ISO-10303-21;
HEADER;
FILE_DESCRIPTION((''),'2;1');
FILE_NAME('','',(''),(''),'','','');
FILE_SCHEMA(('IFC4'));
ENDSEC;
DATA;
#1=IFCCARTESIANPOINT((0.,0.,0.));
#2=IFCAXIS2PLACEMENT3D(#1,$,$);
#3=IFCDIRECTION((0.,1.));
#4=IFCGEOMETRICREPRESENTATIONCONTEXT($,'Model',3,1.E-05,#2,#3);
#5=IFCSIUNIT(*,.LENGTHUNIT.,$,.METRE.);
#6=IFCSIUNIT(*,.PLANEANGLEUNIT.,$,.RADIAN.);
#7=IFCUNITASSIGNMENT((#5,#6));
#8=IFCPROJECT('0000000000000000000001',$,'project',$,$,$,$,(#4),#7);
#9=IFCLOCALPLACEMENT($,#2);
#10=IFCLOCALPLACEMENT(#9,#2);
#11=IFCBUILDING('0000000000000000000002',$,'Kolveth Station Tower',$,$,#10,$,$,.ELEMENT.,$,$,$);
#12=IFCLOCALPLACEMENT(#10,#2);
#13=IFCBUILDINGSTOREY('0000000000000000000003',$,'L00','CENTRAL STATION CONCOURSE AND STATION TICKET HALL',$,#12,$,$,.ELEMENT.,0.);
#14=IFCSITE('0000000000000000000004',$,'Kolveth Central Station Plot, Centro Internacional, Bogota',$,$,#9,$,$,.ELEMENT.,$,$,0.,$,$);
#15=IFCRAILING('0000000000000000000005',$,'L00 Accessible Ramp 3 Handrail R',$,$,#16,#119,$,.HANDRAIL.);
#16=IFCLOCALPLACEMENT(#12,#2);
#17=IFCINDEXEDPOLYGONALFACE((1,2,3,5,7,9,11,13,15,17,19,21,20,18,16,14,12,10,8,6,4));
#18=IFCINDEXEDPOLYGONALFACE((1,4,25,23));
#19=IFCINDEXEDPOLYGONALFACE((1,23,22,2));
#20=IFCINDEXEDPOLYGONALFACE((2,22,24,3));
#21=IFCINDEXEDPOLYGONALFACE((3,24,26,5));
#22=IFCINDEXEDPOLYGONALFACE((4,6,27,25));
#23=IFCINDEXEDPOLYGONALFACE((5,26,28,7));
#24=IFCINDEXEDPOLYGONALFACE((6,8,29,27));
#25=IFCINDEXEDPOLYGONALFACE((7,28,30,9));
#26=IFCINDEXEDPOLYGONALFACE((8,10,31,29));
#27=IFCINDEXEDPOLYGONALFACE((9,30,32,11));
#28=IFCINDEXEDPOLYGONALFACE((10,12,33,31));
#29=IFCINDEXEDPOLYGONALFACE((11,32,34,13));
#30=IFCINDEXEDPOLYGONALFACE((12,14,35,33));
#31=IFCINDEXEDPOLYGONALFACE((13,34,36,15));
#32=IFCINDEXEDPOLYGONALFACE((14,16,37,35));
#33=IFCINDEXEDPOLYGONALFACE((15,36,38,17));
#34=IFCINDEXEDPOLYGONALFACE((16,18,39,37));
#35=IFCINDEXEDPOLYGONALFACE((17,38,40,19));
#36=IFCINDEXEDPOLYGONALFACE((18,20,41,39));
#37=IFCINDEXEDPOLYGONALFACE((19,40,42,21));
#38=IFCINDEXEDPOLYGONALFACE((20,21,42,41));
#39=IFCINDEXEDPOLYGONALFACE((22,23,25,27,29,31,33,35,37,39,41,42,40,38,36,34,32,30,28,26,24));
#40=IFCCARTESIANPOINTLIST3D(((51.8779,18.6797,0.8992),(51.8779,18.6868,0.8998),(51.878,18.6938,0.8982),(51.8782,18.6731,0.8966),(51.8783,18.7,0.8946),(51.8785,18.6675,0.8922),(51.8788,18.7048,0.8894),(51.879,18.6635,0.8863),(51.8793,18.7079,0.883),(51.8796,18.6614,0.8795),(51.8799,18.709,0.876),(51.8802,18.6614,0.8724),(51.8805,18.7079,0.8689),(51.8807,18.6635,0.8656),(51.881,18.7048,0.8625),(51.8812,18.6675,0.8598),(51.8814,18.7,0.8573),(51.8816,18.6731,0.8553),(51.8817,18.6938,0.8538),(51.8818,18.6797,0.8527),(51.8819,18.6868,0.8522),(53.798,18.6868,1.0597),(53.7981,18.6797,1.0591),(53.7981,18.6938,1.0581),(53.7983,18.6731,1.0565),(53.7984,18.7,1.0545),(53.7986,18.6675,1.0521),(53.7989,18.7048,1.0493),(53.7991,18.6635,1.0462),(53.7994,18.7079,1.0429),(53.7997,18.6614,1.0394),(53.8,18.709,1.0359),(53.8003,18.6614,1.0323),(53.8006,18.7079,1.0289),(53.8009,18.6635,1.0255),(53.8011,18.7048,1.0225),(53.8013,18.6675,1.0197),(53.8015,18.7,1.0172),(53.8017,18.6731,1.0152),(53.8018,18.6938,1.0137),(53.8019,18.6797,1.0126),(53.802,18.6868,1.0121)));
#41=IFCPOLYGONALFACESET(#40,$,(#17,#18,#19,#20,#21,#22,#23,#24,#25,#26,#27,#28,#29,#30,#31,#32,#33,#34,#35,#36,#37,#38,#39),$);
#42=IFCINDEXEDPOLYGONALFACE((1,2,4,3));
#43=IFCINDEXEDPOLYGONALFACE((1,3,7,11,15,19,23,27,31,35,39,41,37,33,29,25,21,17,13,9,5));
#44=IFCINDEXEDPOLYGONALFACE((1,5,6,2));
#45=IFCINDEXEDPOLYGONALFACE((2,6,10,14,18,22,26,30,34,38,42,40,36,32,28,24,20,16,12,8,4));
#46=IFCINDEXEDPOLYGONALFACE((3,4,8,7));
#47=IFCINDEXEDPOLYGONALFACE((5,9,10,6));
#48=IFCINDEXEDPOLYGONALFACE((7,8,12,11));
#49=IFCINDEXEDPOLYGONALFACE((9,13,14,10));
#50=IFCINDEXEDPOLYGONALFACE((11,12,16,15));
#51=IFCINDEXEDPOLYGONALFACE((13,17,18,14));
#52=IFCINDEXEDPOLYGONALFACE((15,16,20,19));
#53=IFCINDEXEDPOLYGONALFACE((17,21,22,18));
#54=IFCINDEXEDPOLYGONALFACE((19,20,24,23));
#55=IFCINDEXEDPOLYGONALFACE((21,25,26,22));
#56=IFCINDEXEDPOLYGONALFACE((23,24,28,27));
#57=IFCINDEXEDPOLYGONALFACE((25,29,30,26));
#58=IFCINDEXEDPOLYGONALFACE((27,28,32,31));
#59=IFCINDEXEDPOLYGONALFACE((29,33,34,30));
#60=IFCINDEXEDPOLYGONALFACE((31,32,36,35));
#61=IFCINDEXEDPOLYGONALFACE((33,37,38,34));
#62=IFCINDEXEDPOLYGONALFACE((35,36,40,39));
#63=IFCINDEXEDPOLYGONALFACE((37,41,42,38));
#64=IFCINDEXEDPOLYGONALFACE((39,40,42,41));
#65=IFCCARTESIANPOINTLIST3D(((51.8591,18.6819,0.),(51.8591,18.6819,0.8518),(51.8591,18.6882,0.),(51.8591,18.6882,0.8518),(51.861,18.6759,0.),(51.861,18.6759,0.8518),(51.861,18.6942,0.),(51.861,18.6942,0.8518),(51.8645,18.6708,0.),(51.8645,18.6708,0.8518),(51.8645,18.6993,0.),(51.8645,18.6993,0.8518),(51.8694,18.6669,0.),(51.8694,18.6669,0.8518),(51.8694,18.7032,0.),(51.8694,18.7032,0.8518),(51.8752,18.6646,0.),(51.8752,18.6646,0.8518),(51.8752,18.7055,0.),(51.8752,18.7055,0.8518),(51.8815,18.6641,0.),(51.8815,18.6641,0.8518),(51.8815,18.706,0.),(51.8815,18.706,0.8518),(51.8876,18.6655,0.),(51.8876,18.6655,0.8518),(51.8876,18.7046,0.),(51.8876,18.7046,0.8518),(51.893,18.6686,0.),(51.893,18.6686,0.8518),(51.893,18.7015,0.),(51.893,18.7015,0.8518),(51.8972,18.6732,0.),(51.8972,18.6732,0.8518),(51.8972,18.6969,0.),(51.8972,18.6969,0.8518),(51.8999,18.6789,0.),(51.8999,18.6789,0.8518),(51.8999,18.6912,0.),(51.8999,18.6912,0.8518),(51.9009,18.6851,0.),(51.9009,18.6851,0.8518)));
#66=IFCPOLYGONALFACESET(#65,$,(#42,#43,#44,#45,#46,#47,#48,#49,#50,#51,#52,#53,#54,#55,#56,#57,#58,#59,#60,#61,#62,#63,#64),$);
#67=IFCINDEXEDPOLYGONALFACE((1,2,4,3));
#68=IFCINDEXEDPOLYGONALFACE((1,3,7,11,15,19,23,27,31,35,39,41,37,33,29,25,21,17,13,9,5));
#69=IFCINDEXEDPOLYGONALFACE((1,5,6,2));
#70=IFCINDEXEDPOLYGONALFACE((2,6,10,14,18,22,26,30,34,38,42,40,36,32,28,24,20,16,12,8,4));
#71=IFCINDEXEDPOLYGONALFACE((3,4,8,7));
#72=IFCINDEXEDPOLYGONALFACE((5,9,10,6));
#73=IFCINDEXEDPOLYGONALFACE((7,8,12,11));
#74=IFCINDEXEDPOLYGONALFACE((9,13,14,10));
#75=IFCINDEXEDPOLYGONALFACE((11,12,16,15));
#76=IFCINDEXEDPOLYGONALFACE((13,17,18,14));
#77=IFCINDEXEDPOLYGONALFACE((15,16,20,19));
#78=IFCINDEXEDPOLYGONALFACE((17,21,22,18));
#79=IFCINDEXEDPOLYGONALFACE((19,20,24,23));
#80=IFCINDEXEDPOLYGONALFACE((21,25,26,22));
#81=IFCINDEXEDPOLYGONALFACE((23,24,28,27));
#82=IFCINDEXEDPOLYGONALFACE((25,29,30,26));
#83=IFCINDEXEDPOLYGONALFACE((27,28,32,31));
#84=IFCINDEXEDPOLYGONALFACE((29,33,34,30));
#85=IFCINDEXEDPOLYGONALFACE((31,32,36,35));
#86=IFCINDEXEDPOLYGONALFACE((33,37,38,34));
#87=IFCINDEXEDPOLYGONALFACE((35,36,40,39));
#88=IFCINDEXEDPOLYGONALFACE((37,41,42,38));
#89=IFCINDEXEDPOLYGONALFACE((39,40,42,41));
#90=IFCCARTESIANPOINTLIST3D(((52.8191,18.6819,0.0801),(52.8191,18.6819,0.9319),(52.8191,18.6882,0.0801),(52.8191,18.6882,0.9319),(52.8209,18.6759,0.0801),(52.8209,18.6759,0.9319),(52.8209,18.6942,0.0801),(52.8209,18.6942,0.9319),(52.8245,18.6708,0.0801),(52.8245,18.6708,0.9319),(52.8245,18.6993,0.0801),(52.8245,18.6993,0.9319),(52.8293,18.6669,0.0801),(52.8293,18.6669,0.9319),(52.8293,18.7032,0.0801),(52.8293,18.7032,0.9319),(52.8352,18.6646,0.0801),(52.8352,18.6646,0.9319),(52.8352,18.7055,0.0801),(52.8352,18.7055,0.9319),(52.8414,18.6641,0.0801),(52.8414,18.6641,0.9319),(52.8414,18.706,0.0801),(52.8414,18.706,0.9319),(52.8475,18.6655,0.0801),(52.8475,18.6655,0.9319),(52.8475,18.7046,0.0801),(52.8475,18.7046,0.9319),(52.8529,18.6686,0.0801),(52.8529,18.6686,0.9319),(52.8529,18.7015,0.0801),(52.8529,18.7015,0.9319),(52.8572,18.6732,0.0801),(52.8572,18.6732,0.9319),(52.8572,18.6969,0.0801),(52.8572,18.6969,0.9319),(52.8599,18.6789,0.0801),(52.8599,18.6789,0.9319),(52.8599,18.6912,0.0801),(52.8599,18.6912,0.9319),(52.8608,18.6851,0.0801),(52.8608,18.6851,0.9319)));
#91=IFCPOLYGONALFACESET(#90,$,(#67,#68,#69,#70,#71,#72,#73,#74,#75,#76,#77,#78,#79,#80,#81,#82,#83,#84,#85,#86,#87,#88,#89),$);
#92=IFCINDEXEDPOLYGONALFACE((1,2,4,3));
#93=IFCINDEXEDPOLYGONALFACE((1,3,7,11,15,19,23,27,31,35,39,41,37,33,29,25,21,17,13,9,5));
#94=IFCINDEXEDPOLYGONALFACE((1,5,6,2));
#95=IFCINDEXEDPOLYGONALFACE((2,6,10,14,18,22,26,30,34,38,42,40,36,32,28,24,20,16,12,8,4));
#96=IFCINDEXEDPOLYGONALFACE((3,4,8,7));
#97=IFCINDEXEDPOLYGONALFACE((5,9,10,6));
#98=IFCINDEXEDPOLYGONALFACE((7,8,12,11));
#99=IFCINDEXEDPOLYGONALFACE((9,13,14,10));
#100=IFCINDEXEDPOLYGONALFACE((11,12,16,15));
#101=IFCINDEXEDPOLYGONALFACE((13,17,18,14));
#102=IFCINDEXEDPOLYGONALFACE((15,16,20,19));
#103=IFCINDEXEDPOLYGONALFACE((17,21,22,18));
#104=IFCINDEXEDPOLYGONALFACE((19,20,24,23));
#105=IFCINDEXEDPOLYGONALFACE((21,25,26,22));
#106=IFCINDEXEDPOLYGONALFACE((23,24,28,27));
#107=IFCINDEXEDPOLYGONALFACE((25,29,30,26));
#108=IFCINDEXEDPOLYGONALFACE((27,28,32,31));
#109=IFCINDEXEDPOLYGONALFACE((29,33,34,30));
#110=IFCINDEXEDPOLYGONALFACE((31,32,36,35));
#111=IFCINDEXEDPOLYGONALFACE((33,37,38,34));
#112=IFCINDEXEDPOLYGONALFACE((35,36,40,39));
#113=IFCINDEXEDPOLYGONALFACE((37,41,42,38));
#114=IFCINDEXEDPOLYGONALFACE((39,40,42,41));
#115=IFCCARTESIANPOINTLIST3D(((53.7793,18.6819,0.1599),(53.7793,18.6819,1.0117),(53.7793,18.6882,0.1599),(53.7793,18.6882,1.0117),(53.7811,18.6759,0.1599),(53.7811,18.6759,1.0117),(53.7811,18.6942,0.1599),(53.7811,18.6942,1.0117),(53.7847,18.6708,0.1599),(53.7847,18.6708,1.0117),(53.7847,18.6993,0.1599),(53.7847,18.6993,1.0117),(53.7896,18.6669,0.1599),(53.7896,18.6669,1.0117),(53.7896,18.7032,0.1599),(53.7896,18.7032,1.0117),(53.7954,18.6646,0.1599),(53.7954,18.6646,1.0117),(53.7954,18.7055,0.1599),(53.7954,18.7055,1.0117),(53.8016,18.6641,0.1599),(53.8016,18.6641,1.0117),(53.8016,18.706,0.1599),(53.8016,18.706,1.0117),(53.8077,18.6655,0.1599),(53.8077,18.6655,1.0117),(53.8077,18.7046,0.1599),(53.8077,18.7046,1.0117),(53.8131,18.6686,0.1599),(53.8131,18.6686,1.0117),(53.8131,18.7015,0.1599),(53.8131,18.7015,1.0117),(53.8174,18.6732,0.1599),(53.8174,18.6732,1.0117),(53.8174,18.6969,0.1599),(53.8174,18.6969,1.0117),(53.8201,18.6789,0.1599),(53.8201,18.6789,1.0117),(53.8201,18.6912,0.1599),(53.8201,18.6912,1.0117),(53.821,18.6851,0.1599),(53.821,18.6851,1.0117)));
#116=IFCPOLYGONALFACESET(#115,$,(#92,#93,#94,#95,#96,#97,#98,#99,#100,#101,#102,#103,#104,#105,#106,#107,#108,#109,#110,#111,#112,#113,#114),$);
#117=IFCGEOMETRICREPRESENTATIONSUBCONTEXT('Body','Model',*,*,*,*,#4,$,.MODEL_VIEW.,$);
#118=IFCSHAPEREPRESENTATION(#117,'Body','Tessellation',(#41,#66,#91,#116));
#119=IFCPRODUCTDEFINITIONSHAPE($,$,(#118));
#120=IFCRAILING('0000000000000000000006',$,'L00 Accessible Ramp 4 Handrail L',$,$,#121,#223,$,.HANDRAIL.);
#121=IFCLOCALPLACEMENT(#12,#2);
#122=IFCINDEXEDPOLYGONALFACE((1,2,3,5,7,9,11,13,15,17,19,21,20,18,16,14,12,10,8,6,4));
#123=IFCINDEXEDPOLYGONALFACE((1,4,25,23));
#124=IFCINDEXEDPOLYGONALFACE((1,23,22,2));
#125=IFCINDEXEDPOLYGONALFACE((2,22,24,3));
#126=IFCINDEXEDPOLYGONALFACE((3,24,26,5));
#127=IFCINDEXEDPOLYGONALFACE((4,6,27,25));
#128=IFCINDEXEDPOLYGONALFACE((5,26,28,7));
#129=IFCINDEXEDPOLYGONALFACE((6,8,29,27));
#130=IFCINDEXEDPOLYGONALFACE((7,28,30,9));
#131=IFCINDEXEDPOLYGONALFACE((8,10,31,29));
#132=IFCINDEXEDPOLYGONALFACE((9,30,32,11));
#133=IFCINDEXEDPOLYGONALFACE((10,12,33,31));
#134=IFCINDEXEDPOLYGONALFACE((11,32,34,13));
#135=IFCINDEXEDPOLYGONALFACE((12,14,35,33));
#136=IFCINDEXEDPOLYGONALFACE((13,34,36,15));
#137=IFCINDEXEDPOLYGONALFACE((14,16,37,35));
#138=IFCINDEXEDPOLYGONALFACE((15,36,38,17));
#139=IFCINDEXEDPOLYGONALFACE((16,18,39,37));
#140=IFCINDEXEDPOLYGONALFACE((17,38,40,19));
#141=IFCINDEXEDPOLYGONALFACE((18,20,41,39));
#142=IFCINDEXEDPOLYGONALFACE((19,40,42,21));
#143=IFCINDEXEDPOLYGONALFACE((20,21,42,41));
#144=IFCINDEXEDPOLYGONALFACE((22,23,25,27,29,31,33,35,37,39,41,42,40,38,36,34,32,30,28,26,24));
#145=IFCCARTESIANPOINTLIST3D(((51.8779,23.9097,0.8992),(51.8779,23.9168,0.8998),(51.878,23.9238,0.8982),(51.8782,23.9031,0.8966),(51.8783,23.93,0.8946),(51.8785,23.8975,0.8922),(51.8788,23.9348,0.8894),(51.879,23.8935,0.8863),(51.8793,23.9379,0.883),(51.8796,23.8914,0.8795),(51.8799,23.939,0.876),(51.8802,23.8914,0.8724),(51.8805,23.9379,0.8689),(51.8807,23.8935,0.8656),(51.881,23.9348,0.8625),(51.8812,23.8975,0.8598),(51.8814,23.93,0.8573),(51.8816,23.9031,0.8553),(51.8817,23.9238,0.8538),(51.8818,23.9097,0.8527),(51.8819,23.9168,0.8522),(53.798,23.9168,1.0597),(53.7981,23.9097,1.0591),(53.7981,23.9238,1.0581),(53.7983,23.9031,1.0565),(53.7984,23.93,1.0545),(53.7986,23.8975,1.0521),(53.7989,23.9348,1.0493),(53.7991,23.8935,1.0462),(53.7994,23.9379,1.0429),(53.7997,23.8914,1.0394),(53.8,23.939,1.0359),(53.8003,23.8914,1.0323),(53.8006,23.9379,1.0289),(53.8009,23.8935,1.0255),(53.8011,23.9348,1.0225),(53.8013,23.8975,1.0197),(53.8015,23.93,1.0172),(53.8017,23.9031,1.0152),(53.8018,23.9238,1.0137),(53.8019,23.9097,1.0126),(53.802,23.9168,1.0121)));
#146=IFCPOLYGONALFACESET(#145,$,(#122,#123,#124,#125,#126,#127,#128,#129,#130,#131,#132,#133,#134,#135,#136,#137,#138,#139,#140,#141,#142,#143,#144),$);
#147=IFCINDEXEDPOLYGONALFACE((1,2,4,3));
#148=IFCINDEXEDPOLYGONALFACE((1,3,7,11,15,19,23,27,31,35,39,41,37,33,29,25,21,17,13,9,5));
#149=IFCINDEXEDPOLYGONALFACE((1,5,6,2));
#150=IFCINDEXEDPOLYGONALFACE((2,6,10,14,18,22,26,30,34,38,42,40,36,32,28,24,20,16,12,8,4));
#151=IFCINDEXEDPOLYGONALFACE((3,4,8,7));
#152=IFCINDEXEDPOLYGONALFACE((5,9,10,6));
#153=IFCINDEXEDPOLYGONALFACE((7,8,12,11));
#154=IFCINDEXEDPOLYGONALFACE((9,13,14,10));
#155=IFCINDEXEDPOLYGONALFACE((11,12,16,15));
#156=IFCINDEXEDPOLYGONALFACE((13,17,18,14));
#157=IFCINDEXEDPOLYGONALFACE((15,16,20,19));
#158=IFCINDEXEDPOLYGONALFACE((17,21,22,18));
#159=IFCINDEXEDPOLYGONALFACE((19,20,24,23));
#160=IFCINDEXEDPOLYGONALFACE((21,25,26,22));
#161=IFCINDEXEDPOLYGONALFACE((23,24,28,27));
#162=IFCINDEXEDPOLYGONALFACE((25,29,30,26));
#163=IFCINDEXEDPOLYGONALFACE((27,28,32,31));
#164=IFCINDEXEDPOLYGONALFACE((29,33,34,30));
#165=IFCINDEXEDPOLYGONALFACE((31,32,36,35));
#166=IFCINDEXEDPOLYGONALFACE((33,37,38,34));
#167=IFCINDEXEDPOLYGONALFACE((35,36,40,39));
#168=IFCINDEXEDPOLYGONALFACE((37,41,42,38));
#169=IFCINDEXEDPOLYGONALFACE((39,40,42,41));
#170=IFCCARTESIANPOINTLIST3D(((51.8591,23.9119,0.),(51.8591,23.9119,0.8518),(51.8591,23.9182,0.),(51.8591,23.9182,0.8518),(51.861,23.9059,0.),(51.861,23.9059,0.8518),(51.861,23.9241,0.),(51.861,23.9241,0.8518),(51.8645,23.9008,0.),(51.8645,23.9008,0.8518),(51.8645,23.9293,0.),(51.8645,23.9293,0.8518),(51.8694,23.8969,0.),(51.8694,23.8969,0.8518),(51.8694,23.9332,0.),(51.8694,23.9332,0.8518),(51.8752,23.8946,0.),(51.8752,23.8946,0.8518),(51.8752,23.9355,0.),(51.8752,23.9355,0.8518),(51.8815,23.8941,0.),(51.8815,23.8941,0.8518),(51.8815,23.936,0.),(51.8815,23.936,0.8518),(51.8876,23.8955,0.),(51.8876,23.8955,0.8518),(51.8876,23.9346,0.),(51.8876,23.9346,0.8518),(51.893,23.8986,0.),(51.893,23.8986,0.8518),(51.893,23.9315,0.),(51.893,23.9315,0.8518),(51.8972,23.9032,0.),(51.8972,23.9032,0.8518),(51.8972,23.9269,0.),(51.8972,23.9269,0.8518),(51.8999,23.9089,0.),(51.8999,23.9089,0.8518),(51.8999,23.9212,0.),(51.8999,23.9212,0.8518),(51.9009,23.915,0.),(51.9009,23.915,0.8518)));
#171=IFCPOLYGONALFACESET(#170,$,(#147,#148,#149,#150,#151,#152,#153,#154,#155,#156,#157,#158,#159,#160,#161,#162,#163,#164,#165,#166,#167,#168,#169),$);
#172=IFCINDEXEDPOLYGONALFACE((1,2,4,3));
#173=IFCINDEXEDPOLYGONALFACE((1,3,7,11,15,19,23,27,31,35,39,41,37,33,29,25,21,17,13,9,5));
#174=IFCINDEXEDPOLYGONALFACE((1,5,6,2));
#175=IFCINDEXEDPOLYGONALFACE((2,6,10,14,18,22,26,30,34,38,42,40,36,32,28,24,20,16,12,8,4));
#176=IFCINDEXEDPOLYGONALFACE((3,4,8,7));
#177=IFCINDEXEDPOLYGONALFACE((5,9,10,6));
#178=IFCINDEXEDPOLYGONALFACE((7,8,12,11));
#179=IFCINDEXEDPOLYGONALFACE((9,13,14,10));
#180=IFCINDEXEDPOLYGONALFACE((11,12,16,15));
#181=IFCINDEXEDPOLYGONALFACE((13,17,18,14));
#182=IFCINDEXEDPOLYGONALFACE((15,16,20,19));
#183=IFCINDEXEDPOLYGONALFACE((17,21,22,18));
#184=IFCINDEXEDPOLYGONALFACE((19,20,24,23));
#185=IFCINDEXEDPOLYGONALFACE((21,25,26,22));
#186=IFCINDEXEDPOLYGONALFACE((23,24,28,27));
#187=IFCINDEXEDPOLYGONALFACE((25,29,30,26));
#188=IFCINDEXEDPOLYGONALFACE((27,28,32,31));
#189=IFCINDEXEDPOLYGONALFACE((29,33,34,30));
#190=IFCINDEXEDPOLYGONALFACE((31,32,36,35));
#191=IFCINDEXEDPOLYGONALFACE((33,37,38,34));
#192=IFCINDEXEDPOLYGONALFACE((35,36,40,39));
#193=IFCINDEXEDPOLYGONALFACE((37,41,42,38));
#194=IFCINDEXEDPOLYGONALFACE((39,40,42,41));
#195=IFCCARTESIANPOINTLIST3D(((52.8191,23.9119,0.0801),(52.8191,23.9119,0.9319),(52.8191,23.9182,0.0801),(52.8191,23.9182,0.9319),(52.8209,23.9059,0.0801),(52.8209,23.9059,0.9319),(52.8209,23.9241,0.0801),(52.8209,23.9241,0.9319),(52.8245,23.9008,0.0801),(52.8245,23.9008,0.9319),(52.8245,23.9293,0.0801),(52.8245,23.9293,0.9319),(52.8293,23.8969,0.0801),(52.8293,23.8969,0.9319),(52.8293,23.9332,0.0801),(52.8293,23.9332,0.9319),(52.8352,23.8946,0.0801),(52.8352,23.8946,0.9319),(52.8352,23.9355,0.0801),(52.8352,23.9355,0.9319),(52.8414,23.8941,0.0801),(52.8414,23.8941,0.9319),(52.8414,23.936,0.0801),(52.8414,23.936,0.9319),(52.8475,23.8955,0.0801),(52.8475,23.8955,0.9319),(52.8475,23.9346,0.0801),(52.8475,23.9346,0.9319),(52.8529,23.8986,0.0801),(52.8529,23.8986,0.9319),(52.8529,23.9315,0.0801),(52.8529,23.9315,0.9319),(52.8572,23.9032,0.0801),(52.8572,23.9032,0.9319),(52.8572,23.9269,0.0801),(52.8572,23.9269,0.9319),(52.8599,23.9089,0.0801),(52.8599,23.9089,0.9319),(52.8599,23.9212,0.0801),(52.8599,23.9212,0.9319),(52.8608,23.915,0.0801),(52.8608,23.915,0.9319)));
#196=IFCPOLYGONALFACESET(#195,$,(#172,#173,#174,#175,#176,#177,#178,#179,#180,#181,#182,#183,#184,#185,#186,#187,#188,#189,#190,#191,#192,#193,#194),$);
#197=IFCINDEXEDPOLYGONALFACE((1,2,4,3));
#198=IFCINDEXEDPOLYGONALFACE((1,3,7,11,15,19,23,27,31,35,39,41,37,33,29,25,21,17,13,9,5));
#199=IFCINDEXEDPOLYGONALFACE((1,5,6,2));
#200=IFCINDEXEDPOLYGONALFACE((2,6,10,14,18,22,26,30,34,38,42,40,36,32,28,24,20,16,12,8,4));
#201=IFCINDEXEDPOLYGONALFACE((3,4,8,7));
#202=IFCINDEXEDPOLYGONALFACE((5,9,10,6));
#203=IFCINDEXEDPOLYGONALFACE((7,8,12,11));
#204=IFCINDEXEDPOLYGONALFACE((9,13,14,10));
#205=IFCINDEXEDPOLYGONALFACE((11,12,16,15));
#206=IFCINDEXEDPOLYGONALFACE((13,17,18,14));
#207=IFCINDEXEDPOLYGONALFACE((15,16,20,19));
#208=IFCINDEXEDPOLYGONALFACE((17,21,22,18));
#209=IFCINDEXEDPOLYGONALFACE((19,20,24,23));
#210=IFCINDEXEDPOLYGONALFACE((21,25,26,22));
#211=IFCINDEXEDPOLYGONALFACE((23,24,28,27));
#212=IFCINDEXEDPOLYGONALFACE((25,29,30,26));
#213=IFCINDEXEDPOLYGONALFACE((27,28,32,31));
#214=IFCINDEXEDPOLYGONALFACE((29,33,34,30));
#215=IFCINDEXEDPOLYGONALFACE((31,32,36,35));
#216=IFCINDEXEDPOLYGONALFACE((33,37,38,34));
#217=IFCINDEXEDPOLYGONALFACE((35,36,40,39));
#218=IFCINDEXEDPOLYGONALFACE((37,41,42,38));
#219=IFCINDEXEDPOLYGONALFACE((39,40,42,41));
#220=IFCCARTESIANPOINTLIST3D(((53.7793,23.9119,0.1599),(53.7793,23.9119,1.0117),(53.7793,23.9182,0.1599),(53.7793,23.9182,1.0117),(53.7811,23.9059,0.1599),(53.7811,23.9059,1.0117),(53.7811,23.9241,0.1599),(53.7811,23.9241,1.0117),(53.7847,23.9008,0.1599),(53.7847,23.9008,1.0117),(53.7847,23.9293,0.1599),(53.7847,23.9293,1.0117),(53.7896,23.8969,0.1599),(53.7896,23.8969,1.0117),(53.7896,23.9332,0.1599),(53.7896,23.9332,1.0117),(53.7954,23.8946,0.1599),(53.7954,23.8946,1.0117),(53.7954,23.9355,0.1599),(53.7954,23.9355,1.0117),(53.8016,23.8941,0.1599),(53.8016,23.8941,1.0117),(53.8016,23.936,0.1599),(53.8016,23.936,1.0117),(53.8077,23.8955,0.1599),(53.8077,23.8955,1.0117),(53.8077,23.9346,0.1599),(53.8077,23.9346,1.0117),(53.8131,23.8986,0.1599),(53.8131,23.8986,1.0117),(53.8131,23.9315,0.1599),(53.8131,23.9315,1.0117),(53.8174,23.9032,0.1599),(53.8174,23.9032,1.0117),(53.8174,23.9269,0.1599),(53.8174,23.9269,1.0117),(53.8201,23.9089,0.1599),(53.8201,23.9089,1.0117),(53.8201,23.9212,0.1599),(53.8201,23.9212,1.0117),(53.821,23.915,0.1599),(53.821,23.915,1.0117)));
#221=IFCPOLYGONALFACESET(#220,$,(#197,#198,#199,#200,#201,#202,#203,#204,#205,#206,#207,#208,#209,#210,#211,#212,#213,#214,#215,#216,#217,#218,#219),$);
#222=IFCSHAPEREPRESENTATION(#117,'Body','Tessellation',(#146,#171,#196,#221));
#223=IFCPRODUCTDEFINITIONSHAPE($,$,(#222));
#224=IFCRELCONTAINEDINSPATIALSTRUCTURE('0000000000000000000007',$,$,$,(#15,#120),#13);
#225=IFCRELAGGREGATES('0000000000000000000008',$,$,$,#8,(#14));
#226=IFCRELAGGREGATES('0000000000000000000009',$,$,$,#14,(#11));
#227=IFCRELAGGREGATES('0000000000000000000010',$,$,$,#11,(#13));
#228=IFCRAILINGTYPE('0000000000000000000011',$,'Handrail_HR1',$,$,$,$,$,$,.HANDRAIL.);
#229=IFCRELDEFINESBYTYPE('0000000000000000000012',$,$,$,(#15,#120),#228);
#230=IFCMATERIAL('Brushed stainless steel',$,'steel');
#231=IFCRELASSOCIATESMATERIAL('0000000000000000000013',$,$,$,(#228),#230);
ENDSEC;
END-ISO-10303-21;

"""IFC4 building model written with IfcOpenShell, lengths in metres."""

from ifc_helpers import new_model, si_unit, direction, frame, origin, origin_2d, place, context, subcontext, project, spatial, circle, extrude, material, type_object, element, save


model = new_model("IFC4")

# Units and contexts
model_context = context("Model", 3, precision=1e-05, world=origin(), true_north=direction((0.0, 1.0)))
body_context = subcontext(model_context, "Body", "Model", "MODEL_VIEW")
ifc_project = project(units=[si_unit("LENGTHUNIT", "METRE"), si_unit("PLANEANGLEUNIT", "RADIAN")], contexts=[model_context])

# Site, building, storey
site_placement = place(None, origin())
site = spatial("IfcSite", under=ifc_project, at=site_placement, Name="Kolveth Central Station Plot, Centro Internacional, Bogota", CompositionType="ELEMENT", RefElevation=0.0)
building_placement = place(site_placement, origin())
building = spatial("IfcBuilding", under=site, at=building_placement, Name="Kolveth Station Tower", CompositionType="ELEMENT")
storey_placement = place(building_placement, origin())
storey = spatial("IfcBuildingStorey", under=building, at=storey_placement, Name="L00", Description="CENTRAL STATION CONCOURSE AND STATION TICKET HALL", CompositionType="ELEMENT", Elevation=0.0)

# Railings
ifc_material_1 = material(Name="Brushed stainless steel", Category="steel")
railing_type = type_object("IfcRailingType", Name="Handrail_HR1", PredefinedType="HANDRAIL", material=ifc_material_1)
for number, where, name in (
    (1, (51.8799, 18.6851, 0.0), "L00 Accessible Ramp 3 Handrail R"),
    (2, (51.8799, 23.915, 0.0), "L00 Accessible Ramp 4 Handrail L"),
):
    element("IfcRailing", number, at=place(storey_placement, frame(where)), inside=storey, type_object=railing_type, Name=name, PredefinedType="HANDRAIL", context=body_context, shape_type="SweptSolid", body=[
        extrude(circle(Radius=0.0239, at=origin_2d()), frame((0.0, 0.0, 0.876), z_axis=(0.99655, 0.0, 0.082993), x_axis=(0.0, 1.0, 0.0)), (0.0, 0.0, 1.0), 1.9268),
        extrude(circle(Radius=0.021, at=origin_2d()), origin(), (0.0, 0.0, 1.0), 0.8518),
        extrude(circle(Radius=0.021, at=origin_2d()), frame((0.96, 0.0, 0.0801)), (0.0, 0.0, 1.0), 0.8518),
        extrude(circle(Radius=0.021, at=origin_2d()), frame((1.9202, 0.0, 0.1599)), (0.0, 0.0, 1.0), 0.8518),
    ])

save(model, "model.ifc")
